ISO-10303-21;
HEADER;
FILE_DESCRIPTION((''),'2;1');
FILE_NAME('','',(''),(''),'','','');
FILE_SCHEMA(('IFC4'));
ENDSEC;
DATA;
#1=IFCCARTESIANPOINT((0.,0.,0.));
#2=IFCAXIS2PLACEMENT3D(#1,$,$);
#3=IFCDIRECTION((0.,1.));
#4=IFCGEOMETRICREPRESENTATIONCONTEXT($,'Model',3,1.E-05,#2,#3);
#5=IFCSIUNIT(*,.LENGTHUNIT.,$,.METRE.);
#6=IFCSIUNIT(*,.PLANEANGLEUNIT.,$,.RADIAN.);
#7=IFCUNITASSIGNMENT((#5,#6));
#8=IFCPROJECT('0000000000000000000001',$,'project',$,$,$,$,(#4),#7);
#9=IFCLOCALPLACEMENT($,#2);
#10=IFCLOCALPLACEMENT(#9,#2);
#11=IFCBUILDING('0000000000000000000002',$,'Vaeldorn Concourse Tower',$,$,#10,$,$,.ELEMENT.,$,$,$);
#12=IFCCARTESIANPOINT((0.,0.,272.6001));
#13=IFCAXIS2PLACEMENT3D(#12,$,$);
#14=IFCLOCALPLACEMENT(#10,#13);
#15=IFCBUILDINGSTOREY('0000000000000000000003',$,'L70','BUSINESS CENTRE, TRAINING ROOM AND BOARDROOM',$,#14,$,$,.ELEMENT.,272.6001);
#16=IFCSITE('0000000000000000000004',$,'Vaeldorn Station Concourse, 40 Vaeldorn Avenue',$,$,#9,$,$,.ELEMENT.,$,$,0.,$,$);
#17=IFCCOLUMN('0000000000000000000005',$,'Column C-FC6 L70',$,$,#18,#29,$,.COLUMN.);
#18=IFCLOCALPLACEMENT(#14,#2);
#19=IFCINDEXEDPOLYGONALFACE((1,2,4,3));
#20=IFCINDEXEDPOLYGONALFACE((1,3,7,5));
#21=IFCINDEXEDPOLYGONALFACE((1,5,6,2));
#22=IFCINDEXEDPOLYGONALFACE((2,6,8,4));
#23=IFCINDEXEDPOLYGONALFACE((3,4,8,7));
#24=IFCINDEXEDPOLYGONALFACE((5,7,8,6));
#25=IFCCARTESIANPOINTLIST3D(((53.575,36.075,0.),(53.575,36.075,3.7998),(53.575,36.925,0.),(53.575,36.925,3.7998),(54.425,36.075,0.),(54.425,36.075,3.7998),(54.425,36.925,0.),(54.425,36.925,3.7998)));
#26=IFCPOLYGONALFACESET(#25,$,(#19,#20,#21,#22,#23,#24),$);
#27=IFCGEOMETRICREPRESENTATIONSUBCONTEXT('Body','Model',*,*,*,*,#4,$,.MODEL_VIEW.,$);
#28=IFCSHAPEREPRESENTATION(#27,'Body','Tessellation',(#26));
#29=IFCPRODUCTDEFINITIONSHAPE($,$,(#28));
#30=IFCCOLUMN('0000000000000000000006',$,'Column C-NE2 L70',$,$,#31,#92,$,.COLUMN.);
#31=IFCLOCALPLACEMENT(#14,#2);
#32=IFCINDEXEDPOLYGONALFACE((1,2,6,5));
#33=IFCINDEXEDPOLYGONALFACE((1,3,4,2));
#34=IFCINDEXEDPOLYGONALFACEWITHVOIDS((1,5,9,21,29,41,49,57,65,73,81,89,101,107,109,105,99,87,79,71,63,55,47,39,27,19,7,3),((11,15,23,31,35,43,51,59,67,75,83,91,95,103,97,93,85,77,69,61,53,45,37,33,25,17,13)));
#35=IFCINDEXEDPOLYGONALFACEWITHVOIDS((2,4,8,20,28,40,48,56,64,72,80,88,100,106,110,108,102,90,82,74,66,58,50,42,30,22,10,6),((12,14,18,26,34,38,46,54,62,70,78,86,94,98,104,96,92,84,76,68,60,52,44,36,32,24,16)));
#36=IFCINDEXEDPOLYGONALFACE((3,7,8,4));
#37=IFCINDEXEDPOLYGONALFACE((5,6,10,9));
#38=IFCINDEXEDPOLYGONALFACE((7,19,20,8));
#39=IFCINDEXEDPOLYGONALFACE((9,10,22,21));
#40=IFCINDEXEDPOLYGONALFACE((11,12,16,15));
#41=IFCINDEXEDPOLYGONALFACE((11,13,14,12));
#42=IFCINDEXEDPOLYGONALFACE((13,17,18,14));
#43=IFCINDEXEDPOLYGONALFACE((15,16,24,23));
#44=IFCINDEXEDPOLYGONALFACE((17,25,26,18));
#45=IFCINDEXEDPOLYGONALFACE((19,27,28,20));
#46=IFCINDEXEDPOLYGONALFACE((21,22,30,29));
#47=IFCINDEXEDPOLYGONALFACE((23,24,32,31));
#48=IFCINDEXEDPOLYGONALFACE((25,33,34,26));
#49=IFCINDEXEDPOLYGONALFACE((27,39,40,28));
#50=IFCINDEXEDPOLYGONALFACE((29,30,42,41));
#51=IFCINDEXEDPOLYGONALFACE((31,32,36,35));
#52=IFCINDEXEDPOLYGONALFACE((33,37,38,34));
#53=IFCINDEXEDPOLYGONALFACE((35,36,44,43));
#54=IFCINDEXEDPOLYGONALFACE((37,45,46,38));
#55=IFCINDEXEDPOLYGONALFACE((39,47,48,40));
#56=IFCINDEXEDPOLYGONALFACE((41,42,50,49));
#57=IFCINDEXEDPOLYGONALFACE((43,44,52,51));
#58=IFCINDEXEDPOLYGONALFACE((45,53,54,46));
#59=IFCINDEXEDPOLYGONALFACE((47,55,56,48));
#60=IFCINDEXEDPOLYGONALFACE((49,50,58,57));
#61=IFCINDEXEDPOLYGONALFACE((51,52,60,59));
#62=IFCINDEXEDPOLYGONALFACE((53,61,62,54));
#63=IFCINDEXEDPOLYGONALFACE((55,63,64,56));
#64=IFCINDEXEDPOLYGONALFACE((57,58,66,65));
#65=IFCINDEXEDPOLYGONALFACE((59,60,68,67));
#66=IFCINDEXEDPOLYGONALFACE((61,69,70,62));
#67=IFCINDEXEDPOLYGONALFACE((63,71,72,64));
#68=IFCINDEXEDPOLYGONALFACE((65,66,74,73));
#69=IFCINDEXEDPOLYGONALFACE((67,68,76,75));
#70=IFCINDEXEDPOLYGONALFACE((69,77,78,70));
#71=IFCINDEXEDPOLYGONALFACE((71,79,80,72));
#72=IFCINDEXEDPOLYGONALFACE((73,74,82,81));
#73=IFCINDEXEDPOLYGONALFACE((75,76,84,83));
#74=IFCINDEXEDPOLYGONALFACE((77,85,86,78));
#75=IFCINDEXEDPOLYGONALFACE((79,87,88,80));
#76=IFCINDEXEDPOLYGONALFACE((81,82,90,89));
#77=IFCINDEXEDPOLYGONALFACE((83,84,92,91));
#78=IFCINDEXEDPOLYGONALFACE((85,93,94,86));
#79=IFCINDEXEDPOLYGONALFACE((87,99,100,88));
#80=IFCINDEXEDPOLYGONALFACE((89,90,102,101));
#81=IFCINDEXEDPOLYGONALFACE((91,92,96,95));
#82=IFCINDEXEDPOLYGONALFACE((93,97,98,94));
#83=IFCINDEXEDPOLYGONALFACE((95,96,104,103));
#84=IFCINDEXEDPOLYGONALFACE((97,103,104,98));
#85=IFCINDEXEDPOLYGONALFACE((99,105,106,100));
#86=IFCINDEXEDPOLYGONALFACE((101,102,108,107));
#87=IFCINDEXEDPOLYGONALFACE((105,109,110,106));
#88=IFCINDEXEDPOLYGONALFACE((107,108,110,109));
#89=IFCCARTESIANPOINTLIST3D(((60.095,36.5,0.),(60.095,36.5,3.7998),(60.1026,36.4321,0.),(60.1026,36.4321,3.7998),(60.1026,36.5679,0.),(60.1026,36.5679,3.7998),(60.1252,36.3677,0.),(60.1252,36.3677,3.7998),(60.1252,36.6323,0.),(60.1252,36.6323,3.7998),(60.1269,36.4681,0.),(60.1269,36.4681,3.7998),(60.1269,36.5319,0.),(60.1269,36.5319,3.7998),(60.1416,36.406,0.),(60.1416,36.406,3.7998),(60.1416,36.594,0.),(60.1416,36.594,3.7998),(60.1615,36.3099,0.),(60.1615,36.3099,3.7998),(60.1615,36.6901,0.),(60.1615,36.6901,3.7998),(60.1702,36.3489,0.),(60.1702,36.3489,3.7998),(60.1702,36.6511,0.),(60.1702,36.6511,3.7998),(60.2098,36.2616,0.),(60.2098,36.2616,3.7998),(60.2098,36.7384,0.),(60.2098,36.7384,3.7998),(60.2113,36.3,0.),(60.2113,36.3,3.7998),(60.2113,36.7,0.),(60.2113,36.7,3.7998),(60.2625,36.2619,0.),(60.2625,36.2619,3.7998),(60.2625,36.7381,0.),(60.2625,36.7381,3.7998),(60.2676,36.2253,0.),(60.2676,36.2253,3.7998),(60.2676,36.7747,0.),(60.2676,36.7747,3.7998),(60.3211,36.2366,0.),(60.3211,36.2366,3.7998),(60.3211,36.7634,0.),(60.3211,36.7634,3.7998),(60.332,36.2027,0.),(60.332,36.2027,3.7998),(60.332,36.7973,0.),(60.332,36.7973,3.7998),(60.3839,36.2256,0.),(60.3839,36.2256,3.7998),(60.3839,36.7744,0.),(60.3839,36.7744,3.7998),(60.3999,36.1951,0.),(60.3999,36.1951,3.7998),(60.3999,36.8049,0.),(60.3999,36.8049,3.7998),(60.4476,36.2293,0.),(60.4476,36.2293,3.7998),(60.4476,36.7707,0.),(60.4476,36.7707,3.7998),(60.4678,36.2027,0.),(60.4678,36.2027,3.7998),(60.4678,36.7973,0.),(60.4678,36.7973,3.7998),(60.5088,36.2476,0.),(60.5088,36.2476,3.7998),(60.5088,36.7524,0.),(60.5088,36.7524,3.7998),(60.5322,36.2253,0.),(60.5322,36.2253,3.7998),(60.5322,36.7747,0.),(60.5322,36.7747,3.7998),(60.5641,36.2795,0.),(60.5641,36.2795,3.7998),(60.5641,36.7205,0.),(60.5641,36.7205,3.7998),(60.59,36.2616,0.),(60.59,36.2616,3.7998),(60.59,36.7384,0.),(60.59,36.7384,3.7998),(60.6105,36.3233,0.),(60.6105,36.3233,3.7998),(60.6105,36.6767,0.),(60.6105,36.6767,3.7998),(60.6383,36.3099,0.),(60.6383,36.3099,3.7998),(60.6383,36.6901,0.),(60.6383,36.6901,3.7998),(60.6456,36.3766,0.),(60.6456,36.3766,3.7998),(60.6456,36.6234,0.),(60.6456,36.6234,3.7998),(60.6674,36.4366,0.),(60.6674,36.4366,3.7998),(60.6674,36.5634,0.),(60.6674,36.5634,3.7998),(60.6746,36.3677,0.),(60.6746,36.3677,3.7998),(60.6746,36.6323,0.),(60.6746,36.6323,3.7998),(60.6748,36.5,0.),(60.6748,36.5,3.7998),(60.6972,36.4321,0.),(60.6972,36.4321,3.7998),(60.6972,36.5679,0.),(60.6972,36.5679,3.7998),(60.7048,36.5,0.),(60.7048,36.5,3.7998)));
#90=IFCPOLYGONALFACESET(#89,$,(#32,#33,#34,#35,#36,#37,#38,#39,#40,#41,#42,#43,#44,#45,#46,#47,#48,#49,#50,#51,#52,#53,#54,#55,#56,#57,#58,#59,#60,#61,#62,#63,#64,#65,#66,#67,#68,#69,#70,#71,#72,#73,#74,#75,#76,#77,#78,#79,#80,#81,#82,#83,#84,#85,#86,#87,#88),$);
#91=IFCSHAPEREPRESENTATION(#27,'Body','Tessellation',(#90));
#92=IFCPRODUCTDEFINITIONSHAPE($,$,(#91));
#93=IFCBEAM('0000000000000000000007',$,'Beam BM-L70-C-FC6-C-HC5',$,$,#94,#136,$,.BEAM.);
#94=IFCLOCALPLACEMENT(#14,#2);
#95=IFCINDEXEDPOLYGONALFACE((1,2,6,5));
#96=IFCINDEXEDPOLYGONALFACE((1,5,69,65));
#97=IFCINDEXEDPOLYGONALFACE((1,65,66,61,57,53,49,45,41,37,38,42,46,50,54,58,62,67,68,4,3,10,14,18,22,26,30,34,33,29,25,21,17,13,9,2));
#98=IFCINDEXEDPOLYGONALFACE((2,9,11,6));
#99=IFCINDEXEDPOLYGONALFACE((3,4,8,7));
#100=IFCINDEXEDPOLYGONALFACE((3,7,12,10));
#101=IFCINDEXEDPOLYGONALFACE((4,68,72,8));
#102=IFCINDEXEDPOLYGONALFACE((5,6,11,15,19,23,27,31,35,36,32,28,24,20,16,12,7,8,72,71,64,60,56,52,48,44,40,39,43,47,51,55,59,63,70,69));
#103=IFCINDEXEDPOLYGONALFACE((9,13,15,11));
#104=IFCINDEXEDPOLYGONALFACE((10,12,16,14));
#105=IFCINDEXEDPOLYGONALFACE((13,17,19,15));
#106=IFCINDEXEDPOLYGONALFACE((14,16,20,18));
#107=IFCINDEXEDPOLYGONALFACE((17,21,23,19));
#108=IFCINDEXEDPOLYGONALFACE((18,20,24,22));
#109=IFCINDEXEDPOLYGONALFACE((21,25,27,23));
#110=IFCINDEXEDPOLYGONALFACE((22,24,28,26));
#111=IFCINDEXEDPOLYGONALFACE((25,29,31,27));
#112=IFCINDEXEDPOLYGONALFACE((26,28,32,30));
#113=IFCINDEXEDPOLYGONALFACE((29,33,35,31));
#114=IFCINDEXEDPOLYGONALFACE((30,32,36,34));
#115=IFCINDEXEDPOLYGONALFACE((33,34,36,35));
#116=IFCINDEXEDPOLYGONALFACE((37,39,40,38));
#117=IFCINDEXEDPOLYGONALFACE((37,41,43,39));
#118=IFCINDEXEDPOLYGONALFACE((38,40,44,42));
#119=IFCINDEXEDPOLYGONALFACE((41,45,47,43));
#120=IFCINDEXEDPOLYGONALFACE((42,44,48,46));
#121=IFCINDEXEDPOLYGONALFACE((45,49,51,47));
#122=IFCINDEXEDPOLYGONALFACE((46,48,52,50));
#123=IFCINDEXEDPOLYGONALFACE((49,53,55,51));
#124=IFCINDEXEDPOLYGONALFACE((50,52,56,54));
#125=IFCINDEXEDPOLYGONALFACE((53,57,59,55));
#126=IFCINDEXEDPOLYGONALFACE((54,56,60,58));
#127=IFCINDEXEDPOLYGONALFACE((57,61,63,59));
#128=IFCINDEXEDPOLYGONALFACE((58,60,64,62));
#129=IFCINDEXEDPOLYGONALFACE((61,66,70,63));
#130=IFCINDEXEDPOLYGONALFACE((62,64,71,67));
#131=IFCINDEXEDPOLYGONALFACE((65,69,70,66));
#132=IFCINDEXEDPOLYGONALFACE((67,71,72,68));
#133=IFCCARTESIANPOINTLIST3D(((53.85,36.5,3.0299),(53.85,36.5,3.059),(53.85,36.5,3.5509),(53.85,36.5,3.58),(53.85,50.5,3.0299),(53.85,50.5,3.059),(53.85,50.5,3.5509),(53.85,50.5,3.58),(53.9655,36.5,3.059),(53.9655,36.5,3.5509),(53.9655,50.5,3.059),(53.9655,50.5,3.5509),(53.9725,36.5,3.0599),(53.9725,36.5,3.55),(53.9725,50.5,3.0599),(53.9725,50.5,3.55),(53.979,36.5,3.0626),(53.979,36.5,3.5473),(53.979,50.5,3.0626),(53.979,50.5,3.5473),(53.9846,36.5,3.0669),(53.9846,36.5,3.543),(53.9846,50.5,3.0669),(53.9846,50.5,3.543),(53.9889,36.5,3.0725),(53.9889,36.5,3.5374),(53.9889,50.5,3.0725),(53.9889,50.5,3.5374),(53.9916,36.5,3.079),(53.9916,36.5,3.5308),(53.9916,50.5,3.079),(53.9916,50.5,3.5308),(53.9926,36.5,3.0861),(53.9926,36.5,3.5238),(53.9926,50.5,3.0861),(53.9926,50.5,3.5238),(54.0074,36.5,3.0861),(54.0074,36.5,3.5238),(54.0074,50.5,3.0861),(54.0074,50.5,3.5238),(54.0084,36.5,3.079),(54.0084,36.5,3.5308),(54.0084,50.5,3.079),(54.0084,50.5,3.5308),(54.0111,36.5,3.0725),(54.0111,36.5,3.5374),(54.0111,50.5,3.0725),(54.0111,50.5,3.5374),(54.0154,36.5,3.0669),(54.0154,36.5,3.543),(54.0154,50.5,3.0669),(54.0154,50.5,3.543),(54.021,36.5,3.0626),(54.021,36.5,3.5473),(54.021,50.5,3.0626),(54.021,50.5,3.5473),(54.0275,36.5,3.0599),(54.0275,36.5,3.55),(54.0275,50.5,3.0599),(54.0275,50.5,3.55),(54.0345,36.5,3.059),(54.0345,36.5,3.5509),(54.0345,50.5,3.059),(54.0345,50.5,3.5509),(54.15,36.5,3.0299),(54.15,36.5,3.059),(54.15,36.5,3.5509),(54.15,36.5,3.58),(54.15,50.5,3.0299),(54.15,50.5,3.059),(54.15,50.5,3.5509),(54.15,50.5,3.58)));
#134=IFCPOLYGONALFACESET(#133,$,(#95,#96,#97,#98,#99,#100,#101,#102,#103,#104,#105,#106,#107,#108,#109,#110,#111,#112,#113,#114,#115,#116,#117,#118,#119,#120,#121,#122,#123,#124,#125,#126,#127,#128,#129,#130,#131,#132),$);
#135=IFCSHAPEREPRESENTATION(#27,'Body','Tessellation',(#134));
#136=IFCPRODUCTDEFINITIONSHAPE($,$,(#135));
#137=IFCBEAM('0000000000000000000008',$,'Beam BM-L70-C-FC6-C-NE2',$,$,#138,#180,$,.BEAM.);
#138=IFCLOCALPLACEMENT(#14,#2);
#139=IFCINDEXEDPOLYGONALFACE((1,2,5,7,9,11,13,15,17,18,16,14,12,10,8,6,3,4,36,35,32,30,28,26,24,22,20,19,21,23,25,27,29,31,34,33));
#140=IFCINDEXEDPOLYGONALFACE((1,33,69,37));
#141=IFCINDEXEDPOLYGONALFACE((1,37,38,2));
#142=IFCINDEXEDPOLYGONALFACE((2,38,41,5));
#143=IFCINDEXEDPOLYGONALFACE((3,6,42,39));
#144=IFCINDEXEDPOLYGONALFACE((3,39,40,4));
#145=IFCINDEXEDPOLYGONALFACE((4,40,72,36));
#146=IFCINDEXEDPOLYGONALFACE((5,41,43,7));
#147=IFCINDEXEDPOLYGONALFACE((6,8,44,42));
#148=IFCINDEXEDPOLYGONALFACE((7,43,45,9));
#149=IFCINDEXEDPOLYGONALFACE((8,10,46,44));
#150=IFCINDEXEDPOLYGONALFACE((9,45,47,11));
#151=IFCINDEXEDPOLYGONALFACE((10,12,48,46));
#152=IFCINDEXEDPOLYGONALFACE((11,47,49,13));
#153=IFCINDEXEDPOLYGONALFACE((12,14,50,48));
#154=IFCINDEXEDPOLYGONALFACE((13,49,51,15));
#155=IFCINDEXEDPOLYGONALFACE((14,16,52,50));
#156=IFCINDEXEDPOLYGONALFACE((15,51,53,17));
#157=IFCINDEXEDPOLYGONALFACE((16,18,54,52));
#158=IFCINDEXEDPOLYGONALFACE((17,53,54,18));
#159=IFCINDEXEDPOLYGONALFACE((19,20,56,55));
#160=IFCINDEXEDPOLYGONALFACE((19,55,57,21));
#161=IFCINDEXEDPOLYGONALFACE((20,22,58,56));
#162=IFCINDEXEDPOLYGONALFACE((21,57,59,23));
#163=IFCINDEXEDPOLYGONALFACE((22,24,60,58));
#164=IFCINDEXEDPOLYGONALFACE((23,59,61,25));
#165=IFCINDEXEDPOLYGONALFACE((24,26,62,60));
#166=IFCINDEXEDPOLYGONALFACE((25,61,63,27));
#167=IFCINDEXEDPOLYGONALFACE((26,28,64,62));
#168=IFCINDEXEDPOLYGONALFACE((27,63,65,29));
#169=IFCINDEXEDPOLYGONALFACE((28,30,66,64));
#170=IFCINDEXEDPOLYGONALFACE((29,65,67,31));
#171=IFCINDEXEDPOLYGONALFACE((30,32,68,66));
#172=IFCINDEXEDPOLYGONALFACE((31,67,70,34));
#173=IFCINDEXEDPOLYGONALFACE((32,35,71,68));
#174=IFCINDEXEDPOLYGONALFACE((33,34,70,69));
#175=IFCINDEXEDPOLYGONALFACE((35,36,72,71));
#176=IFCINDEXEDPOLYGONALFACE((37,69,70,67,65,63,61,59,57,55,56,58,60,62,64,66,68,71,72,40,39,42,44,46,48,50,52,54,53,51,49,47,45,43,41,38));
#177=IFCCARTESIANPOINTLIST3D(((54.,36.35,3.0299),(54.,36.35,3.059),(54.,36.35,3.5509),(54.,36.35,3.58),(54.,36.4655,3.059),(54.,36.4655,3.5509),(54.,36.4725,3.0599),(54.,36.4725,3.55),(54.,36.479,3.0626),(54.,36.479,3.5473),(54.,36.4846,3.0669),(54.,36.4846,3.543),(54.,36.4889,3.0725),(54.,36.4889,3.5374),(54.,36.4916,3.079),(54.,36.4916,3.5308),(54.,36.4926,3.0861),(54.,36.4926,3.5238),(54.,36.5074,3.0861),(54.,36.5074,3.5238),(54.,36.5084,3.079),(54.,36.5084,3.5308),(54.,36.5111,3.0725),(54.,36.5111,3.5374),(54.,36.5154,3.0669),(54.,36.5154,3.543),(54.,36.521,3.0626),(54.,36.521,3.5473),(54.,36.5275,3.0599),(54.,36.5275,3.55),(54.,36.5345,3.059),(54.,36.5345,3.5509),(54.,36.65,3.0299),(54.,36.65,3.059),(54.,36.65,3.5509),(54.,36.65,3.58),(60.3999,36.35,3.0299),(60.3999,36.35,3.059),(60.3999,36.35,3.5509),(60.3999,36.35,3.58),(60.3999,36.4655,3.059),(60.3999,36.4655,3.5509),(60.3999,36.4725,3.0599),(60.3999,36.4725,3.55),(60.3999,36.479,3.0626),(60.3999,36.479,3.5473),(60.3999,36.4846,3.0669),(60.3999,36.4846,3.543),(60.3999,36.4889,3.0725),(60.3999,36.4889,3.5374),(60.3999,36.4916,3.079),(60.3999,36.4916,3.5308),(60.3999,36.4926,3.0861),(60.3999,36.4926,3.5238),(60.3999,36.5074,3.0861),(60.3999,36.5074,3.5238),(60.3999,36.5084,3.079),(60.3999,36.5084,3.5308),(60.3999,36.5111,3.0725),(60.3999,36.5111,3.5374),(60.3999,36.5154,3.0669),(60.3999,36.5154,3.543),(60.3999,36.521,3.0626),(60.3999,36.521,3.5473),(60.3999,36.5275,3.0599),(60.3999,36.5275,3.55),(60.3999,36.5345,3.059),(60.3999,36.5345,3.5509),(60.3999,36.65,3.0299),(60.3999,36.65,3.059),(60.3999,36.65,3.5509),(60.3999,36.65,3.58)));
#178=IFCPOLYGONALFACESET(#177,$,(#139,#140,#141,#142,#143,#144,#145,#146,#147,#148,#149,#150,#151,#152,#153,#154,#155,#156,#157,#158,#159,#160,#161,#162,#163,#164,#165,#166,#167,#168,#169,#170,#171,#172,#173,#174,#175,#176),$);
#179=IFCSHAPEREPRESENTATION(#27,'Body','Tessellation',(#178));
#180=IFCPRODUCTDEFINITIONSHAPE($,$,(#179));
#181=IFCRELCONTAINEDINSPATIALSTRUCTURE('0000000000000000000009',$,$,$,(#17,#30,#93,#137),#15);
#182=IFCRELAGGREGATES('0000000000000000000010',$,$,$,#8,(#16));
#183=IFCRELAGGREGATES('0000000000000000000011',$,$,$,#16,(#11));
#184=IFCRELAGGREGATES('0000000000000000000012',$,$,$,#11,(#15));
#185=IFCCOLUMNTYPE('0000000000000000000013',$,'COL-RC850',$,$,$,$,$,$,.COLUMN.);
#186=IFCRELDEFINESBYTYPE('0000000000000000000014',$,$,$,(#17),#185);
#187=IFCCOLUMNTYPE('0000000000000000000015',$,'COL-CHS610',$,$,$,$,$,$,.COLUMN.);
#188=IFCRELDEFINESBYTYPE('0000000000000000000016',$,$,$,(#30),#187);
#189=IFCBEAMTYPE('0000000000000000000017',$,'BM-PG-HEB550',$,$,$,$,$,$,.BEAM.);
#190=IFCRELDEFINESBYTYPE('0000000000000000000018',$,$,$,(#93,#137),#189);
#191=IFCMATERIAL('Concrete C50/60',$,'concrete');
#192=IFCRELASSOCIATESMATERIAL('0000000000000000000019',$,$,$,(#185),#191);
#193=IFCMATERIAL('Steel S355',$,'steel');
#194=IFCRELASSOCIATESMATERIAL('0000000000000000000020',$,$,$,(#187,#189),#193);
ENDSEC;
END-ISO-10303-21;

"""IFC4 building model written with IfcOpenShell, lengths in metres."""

from ifc_helpers import new_model, si_unit, direction, frame, origin, origin_2d, place, context, subcontext, project, spatial, rectangle, hollow_circle, i_section, extrude, source, transform, mapped, material, material_profile, profile_set, type_object, element, save


model = new_model("IFC4")

# Units and contexts
model_context = context("Model", 3, precision=1e-05, world=origin(), true_north=direction((0.0, 1.0)))
body_context = subcontext(model_context, "Body", "Model", "MODEL_VIEW")
ifc_project = project(units=[si_unit("LENGTHUNIT", "METRE"), si_unit("PLANEANGLEUNIT", "RADIAN")], contexts=[model_context])

# Site, building, storey
site_placement = place(None, origin())
site = spatial("IfcSite", under=ifc_project, at=site_placement, Name="Vaeldorn Station Concourse, 40 Vaeldorn Avenue", CompositionType="ELEMENT", RefElevation=0.0)
building_placement = place(site_placement, origin())
building = spatial("IfcBuilding", under=site, at=building_placement, Name="Vaeldorn Concourse Tower", CompositionType="ELEMENT")
storey_placement = place(building_placement, frame((0.0, 0.0, 272.6001)))
storey = spatial("IfcBuildingStorey", under=building, at=storey_placement, Name="L70", Description="BUSINESS CENTRE, TRAINING ROOM AND BOARDROOM", CompositionType="ELEMENT", Elevation=272.6001)

# Columns
ifc_material_1 = material(Name="Concrete C50/60", Category="concrete")
ifc_material_profile_1 = material_profile(ifc_material_1, rectangle(XDim=0.8501, YDim=0.8501, at=origin_2d()), Name="RC 850x850")
ifc_profile_set_1 = profile_set([ifc_material_profile_1], Name="Concrete C50/60")
column_type_1 = type_object("IfcColumnType", Name="COL-RC850", PredefinedType="COLUMN", material=ifc_profile_set_1)
shared_shape_1 = source(origin(), body_context, "Body", "SweptSolid", [
    extrude(rectangle(XDim=0.8501, YDim=0.8501, at=origin_2d()), origin(), (0.0, 0.0, 1.0), 3.7998),
])
column_1_placement = place(storey_placement, frame((54.0, 36.5, 0.0), z_axis=(0.0, 0.0, 1.0), x_axis=(1.0, 0.0, 0.0)))
element("IfcColumn", 1, at=column_1_placement, inside=storey, type_object=column_type_1, Name="Column C-FC6 L70", PredefinedType="COLUMN", context=body_context, shape_type="MappedRepresentation", body=[
    mapped(shared_shape_1, transform((0.0, 0.0, 0.0), scale=1.0)),
])
ifc_material_2 = material(Name="Steel S355", Category="steel")
ifc_material_profile_2 = material_profile(ifc_material_2, hollow_circle(Radius=0.3049, WallThickness=0.03, at=origin_2d()), Name="CHS 610x30")
ifc_profile_set_2 = profile_set([ifc_material_profile_2], Name="Steel S355")
column_type_2 = type_object("IfcColumnType", Name="COL-CHS610", PredefinedType="COLUMN", material=ifc_profile_set_2)
shared_shape_2 = source(origin(), body_context, "Body", "SweptSolid", [
    extrude(hollow_circle(Radius=0.3049, WallThickness=0.03, at=origin_2d()), origin(), (0.0, 0.0, 1.0), 3.7998),
])
column_2_placement = place(storey_placement, frame((60.3999, 36.5, 0.0), z_axis=(0.0, 0.0, 1.0), x_axis=(1.0, 0.0, 0.0)))
element("IfcColumn", 2, at=column_2_placement, inside=storey, type_object=column_type_2, Name="Column C-NE2 L70", PredefinedType="COLUMN", context=body_context, shape_type="MappedRepresentation", body=[
    mapped(shared_shape_2, transform((0.0, 0.0, 0.0), scale=1.0)),
])

# Beams
ifc_material_profile_3 = material_profile(ifc_material_2, i_section(OverallWidth=0.3, OverallDepth=0.55, WebThickness=0.0149, FlangeThickness=0.0291, FilletRadius=0.0271, at=origin_2d()), Name="HEB 550")
ifc_profile_set_3 = profile_set([ifc_material_profile_3], Name="Steel S355")
beam_type_1 = type_object("IfcBeamType", Name="BM-PG-HEB550", PredefinedType="BEAM", material=ifc_profile_set_3)
shared_shape_3 = source(origin(), body_context, "Body", "SweptSolid", [
    extrude(i_section(OverallWidth=0.3, OverallDepth=0.55, WebThickness=0.0149, FlangeThickness=0.0291, FilletRadius=0.0271, at=origin_2d()), origin(), (0.0, 0.0, 1.0), 14.0),
])
beam_1_placement = place(storey_placement, frame((54.0, 36.5, 3.3049), z_axis=(0.0, 1.0, 0.0), x_axis=(-1.0, 0.0, 0.0)))
element("IfcBeam", 3, at=beam_1_placement, inside=storey, type_object=beam_type_1, Name="Beam BM-L70-C-FC6-C-HC5", PredefinedType="BEAM", context=body_context, shape_type="MappedRepresentation", body=[
    mapped(shared_shape_3, transform((0.0, 0.0, 0.0), scale=1.0)),
])
shared_shape_4 = source(origin(), body_context, "Body", "SweptSolid", [
    extrude(i_section(OverallWidth=0.3, OverallDepth=0.55, WebThickness=0.0149, FlangeThickness=0.0291, FilletRadius=0.0271, at=origin_2d()), origin(), (0.0, 0.0, 1.0), 6.3999),
])
beam_2_placement = place(storey_placement, frame((54.0, 36.5, 3.3049), z_axis=(1.0, 0.0, 0.0), x_axis=(0.0, 1.0, 0.0)))
element("IfcBeam", 4, at=beam_2_placement, inside=storey, type_object=beam_type_1, Name="Beam BM-L70-C-FC6-C-NE2", PredefinedType="BEAM", context=body_context, shape_type="MappedRepresentation", body=[
    mapped(shared_shape_4, transform((0.0, 0.0, 0.0), scale=1.0)),
])

save(model, "model.ifc")
